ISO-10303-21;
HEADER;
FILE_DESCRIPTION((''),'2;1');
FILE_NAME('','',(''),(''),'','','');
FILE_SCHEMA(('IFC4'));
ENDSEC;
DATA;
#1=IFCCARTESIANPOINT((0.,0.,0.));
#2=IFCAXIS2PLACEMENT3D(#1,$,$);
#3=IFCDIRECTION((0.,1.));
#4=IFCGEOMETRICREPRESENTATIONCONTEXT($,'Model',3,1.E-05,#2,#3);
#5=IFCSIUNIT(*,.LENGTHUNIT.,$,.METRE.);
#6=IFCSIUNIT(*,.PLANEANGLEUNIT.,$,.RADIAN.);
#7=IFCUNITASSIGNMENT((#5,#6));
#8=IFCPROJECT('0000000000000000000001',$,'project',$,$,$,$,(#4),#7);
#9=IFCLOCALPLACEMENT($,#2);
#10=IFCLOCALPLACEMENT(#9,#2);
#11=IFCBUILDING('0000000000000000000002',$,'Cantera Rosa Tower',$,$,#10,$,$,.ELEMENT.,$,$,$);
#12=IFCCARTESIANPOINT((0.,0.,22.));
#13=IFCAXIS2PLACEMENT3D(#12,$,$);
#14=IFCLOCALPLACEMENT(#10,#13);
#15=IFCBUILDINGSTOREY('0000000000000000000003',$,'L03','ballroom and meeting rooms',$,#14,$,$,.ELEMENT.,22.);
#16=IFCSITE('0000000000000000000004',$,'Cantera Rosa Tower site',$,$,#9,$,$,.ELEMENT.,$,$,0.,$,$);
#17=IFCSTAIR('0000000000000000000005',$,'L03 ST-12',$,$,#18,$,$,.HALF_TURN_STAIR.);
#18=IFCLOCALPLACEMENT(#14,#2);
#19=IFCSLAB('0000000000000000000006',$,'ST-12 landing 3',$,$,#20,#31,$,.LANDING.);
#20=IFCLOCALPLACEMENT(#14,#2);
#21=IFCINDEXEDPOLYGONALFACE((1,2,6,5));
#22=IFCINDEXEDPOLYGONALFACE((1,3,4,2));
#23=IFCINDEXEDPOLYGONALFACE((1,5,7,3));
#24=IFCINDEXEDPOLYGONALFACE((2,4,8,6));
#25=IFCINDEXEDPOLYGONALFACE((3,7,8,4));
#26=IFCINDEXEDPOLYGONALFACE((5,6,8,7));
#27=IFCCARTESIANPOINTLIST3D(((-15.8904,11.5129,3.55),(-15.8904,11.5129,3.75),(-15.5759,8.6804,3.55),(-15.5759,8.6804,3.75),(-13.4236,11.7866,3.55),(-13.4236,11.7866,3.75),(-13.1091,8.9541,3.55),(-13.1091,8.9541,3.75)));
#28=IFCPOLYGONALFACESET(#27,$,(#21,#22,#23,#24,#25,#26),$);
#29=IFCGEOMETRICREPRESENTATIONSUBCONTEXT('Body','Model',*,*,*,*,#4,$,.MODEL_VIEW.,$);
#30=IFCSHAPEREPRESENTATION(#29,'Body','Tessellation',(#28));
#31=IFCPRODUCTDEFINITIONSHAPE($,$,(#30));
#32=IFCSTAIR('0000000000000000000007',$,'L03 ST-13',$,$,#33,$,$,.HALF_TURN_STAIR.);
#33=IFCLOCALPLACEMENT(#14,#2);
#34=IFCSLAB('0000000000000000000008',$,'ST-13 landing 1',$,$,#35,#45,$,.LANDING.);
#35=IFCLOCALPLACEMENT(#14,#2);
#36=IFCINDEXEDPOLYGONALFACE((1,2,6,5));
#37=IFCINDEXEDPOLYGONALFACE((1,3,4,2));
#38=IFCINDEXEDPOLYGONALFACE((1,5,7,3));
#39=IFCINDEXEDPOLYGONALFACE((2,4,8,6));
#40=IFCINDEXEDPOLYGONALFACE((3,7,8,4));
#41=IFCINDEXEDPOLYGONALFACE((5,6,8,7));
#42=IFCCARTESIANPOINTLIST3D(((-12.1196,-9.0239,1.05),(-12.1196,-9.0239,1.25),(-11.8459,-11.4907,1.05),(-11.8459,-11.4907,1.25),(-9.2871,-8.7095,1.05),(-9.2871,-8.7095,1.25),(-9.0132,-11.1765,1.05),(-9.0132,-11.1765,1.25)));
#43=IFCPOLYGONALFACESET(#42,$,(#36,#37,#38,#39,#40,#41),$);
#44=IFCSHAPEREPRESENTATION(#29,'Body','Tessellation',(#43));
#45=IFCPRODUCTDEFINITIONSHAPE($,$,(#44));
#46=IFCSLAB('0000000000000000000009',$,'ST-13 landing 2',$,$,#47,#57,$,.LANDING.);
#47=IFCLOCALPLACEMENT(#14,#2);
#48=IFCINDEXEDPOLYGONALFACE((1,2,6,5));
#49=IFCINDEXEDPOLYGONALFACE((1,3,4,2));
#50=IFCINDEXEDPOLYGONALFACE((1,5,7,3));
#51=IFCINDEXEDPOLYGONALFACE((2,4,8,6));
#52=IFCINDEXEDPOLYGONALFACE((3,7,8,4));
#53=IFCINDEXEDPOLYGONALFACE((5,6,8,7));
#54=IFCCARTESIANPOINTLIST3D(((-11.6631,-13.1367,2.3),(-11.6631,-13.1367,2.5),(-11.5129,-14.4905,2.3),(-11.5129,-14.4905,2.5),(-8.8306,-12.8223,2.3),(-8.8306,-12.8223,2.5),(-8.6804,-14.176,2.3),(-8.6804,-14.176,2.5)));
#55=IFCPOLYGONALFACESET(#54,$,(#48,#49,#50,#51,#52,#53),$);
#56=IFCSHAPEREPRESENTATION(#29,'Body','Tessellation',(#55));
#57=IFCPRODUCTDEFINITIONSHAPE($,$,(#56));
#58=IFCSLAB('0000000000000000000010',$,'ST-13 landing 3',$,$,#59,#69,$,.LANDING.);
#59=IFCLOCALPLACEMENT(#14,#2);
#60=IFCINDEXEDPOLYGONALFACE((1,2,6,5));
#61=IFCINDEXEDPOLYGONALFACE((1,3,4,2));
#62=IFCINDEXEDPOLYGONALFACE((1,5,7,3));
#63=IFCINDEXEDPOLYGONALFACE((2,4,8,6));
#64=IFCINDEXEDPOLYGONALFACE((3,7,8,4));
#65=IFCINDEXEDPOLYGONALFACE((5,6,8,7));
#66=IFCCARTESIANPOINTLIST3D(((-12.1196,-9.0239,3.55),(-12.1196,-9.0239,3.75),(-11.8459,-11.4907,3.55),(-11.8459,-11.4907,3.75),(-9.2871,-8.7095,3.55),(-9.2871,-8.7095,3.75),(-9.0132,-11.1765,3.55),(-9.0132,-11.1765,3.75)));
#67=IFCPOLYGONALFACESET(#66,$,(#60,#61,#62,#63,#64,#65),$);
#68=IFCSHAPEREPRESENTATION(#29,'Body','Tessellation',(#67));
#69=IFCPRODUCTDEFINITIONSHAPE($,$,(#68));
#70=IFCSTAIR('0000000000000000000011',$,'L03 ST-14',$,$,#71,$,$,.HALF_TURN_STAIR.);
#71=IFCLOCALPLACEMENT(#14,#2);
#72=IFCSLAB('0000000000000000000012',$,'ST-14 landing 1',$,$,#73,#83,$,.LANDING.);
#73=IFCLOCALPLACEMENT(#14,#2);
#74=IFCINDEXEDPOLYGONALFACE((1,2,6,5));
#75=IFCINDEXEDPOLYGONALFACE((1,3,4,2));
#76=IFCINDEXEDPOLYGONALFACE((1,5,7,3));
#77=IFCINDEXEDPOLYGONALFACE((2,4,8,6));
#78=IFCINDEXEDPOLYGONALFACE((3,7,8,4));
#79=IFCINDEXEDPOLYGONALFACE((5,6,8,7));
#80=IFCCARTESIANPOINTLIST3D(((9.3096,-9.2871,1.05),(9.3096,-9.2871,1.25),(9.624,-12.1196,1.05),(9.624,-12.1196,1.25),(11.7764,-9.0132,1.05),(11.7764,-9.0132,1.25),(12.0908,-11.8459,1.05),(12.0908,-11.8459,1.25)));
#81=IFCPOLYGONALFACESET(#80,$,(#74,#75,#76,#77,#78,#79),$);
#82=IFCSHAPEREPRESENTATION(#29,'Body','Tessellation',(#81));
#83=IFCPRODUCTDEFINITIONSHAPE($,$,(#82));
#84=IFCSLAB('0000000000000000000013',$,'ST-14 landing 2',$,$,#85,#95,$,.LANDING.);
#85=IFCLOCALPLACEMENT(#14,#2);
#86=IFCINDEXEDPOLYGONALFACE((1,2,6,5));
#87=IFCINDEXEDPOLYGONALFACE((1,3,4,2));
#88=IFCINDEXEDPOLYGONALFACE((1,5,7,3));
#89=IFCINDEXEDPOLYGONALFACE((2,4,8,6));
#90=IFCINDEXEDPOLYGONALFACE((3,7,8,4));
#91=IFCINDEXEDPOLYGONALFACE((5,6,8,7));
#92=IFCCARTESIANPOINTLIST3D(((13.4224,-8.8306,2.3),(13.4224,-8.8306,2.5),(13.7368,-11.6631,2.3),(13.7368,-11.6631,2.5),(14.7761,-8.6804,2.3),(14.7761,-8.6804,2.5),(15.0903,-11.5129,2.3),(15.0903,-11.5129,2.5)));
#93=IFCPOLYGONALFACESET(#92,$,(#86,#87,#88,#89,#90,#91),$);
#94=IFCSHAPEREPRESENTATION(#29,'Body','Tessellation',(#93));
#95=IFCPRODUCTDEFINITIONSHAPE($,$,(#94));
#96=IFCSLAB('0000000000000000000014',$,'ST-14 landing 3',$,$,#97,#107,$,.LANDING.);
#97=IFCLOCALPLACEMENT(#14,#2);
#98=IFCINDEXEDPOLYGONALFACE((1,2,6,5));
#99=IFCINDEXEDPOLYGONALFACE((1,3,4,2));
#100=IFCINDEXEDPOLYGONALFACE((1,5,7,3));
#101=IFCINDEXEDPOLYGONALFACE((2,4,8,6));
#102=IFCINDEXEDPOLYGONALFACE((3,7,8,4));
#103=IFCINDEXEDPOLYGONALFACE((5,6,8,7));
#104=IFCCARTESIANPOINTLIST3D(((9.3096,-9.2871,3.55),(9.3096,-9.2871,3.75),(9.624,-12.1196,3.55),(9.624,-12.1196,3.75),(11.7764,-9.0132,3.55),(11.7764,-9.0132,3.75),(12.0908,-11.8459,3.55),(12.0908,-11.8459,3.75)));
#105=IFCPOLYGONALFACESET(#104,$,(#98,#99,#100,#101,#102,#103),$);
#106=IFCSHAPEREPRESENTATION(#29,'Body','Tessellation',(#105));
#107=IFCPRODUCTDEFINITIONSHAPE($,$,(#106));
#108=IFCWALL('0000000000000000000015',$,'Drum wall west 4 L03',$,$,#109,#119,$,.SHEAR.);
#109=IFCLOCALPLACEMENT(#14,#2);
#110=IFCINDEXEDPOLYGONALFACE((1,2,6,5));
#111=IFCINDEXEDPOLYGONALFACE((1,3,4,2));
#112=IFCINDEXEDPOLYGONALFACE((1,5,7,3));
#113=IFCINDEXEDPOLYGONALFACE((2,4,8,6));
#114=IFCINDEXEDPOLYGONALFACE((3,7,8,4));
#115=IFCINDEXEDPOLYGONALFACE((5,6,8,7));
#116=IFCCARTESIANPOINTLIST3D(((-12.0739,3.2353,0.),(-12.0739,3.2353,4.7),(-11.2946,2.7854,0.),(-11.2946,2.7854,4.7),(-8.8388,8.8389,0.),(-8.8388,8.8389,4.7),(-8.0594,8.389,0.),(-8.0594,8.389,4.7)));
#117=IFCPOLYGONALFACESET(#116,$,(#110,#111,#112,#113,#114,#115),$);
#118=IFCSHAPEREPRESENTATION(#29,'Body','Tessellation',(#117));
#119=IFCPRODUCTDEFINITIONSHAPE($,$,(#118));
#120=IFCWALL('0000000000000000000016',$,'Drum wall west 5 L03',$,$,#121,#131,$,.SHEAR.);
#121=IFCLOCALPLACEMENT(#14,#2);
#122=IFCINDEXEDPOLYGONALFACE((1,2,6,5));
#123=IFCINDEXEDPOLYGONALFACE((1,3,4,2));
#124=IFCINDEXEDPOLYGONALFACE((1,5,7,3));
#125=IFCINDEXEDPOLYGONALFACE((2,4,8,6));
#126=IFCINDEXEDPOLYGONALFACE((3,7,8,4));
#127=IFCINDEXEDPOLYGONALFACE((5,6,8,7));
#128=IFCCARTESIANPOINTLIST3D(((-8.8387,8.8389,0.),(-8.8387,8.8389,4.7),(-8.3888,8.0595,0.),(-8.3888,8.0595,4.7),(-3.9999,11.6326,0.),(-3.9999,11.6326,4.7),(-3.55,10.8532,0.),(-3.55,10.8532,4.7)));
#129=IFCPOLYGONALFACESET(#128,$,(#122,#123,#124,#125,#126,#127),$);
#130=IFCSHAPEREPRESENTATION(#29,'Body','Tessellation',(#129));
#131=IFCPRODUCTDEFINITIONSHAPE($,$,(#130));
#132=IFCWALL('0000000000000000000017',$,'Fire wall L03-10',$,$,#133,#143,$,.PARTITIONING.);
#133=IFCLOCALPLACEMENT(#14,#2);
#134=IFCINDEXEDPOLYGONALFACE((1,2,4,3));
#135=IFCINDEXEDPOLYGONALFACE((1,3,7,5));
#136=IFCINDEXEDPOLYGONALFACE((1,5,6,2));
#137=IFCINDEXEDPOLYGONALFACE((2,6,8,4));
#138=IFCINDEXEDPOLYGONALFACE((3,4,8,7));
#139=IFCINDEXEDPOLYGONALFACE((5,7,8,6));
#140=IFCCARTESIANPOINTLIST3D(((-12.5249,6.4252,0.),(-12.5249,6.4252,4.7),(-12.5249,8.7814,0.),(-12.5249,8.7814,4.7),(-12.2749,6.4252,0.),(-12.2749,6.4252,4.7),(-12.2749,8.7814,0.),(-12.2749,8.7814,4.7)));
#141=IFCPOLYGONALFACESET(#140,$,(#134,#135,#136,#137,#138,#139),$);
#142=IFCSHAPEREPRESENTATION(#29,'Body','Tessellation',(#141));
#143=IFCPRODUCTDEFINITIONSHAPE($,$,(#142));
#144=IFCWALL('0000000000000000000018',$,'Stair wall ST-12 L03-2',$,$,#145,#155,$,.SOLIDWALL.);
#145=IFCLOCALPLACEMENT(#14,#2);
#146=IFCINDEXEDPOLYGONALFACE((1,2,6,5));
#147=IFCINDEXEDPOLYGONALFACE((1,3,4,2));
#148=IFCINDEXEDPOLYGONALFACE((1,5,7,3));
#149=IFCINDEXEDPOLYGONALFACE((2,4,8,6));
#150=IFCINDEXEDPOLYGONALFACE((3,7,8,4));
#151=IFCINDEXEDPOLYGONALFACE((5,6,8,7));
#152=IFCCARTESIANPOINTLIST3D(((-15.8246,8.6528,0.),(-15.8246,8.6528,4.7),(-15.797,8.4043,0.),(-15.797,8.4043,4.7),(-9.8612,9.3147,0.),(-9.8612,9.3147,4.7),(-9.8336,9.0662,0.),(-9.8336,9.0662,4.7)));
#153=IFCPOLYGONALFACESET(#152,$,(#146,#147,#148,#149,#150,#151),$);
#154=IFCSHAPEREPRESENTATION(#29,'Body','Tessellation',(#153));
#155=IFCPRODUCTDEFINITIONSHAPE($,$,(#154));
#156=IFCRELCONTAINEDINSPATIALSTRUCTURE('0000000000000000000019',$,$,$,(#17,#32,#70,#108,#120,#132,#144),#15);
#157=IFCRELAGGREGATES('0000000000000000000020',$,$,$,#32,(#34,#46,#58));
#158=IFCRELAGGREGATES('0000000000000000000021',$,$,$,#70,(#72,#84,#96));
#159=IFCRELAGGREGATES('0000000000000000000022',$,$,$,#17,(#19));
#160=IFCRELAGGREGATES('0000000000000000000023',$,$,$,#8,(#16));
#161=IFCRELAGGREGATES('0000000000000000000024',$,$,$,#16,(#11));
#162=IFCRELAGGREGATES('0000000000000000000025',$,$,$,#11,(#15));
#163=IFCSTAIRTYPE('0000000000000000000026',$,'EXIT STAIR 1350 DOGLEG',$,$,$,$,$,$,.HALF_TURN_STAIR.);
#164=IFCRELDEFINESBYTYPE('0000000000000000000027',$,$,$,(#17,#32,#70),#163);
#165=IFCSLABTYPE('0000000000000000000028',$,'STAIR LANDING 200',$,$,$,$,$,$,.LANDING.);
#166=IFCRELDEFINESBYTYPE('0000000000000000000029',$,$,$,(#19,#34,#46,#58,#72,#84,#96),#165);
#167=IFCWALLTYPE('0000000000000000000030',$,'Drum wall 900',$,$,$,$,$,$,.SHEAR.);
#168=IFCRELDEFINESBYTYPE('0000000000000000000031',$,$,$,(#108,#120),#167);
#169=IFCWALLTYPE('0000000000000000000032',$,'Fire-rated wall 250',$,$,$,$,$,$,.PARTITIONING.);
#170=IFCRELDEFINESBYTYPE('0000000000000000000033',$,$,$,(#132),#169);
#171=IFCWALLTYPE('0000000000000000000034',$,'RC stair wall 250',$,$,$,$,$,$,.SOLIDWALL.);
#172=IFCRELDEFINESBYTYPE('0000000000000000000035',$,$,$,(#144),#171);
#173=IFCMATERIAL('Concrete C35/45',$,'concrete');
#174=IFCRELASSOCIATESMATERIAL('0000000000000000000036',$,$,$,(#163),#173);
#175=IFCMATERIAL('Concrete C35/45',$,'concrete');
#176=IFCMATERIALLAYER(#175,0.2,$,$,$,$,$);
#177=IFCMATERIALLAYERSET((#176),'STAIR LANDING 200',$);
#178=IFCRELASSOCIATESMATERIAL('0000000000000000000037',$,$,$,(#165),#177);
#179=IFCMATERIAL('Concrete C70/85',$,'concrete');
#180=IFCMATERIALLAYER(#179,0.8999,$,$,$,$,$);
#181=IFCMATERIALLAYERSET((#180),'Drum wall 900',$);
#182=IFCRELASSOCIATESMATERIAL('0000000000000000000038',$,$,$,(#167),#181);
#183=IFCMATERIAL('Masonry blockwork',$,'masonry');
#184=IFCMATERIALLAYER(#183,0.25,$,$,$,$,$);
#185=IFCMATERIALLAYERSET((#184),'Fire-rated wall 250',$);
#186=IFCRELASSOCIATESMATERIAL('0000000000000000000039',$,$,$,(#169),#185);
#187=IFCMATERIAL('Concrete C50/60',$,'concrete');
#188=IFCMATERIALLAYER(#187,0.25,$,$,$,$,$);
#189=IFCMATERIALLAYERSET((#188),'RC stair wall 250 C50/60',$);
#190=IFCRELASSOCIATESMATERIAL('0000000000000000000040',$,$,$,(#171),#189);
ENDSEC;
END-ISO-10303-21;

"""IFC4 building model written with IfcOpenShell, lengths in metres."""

from ifc_helpers import new_model, si_unit, direction, frame, frame_2d, origin, place, context, subcontext, project, spatial, polyline, rectangle, outline, extrude, material, layer, layer_set, type_object, element, aggregate, save


model = new_model("IFC4")

# Units and contexts
model_context = context("Model", 3, precision=1e-05, world=origin(), true_north=direction((0.0, 1.0)))
body_context = subcontext(model_context, "Body", "Model", "MODEL_VIEW")
ifc_project = project(units=[si_unit("LENGTHUNIT", "METRE"), si_unit("PLANEANGLEUNIT", "RADIAN")], contexts=[model_context])

# Site, building, storey
site_placement = place(None, origin())
site = spatial("IfcSite", under=ifc_project, at=site_placement, Name="Cantera Rosa Tower site", CompositionType="ELEMENT", RefElevation=0.0)
building_placement = place(site_placement, origin())
building = spatial("IfcBuilding", under=site, at=building_placement, Name="Cantera Rosa Tower", CompositionType="ELEMENT")
storey_placement = place(building_placement, frame((0.0, 0.0, 22.0)))
storey = spatial("IfcBuildingStorey", under=building, at=storey_placement, Name="L03", Description="ballroom and meeting rooms", CompositionType="ELEMENT", Elevation=22.0)

# Stair, slab
ifc_material_1 = material(Name="Concrete C35/45", Category="concrete")
stair_type = type_object("IfcStairType", Name="EXIT STAIR 1350 DOGLEG", PredefinedType="HALF_TURN_STAIR", material=ifc_material_1)
stair_1_placement = place(storey_placement, origin())
stair_1 = element("IfcStair", 1, at=stair_1_placement, inside=storey, type_object=stair_type, Name="L03 ST-12", PredefinedType="HALF_TURN_STAIR")
ifc_material_2 = material(Name="Concrete C35/45", Category="concrete")
ifc_layer_1 = layer(ifc_material_2, 0.2)
ifc_layer_set_1 = layer_set([ifc_layer_1], Name="STAIR LANDING 200")
slab_type = type_object("IfcSlabType", Name="STAIR LANDING 200", PredefinedType="LANDING", material=ifc_layer_set_1)
slab_1_placement = place(storey_placement, frame((0.0, 0.0, 3.55)))
slab_1 = element("IfcSlab", 2, at=slab_1_placement, type_object=slab_type, Name="ST-12 landing 3", PredefinedType="LANDING", context=body_context, shape_type="SweptSolid", body=[
    extrude(outline(polyline([(-13.4236, 11.7866), (-15.8904, 11.5129), (-15.5759, 8.6804), (-13.1091, 8.9541), (-13.4236, 11.7866)])), origin(), (0.0, 0.0, 1.0), 0.2),
])

# Stairs, slabs
stair_2_placement = place(storey_placement, origin())
stair_2 = element("IfcStair", 3, at=stair_2_placement, inside=storey, type_object=stair_type, Name="L03 ST-13", PredefinedType="HALF_TURN_STAIR")
slab_2_placement = place(storey_placement, frame((0.0, 0.0, 1.05)))
slab_2 = element("IfcSlab", 4, at=slab_2_placement, type_object=slab_type, Name="ST-13 landing 1", PredefinedType="LANDING", context=body_context, shape_type="SweptSolid", body=[
    extrude(outline(polyline([(-9.0132, -11.1765), (-9.2871, -8.7095), (-12.1196, -9.0239), (-11.8459, -11.4907), (-9.0132, -11.1765)])), origin(), (0.0, 0.0, 1.0), 0.2),
])
slab_3_placement = place(storey_placement, frame((0.0, 0.0, 2.3)))
slab_3 = element("IfcSlab", 5, at=slab_3_placement, type_object=slab_type, Name="ST-13 landing 2", PredefinedType="LANDING", context=body_context, shape_type="SweptSolid", body=[
    extrude(outline(polyline([(-8.6804, -14.176), (-8.8306, -12.8223), (-11.6631, -13.1367), (-11.5129, -14.4905), (-8.6804, -14.176)])), origin(), (0.0, 0.0, 1.0), 0.2),
])
slab_4_placement = place(storey_placement, frame((0.0, 0.0, 3.55)))
slab_4 = element("IfcSlab", 6, at=slab_4_placement, type_object=slab_type, Name="ST-13 landing 3", PredefinedType="LANDING", context=body_context, shape_type="SweptSolid", body=[
    extrude(outline(polyline([(-9.0132, -11.1765), (-9.2871, -8.7095), (-12.1196, -9.0239), (-11.8459, -11.4907), (-9.0132, -11.1765)])), origin(), (0.0, 0.0, 1.0), 0.2),
])
aggregate(stair_2, [slab_2, slab_3, slab_4])
stair_3_placement = place(storey_placement, origin())
stair_3 = element("IfcStair", 7, at=stair_3_placement, inside=storey, type_object=stair_type, Name="L03 ST-14", PredefinedType="HALF_TURN_STAIR")
slab_5_placement = place(storey_placement, frame((0.0, 0.0, 1.05)))
slab_5 = element("IfcSlab", 8, at=slab_5_placement, type_object=slab_type, Name="ST-14 landing 1", PredefinedType="LANDING", context=body_context, shape_type="SweptSolid", body=[
    extrude(outline(polyline([(11.7764, -9.0132), (9.3096, -9.2871), (9.624, -12.1196), (12.0908, -11.8459), (11.7764, -9.0132)])), origin(), (0.0, 0.0, 1.0), 0.2),
])
slab_6_placement = place(storey_placement, frame((0.0, 0.0, 2.3)))
slab_6 = element("IfcSlab", 9, at=slab_6_placement, type_object=slab_type, Name="ST-14 landing 2", PredefinedType="LANDING", context=body_context, shape_type="SweptSolid", body=[
    extrude(outline(polyline([(14.7761, -8.6804), (13.4224, -8.8306), (13.7368, -11.6631), (15.0903, -11.5129), (14.7761, -8.6804)])), origin(), (0.0, 0.0, 1.0), 0.2),
])
slab_7_placement = place(storey_placement, frame((0.0, 0.0, 3.55)))
slab_7 = element("IfcSlab", 10, at=slab_7_placement, type_object=slab_type, Name="ST-14 landing 3", PredefinedType="LANDING", context=body_context, shape_type="SweptSolid", body=[
    extrude(outline(polyline([(11.7764, -9.0132), (9.3096, -9.2871), (9.624, -12.1196), (12.0908, -11.8459), (11.7764, -9.0132)])), origin(), (0.0, 0.0, 1.0), 0.2),
])
aggregate(stair_3, [slab_5, slab_6, slab_7])

# Walls
ifc_material_3 = material(Name="Concrete C70/85", Category="concrete")
ifc_layer_2 = layer(ifc_material_3, 0.8999)
ifc_layer_set_2 = layer_set([ifc_layer_2], Name="Drum wall 900")
wall_type_1 = type_object("IfcWallType", Name="Drum wall 900", PredefinedType="SHEAR", material=ifc_layer_set_2)
wall_1_placement = place(storey_placement, frame((-11.6843, 3.0103, 0.0), z_axis=(0.0, 0.0, 1.0), x_axis=(0.49999, 0.866031, 0.0)))
element("IfcWall", 11, at=wall_1_placement, inside=storey, type_object=wall_type_1, Name="Drum wall west 4 L03", PredefinedType="SHEAR", context=body_context, shape_type="SweptSolid", body=[
    extrude(rectangle(XDim=6.4705, YDim=0.8999, at=frame_2d((3.2354, 0.0))), origin(), (0.0, 0.0, 1.0), 4.7),
])
wall_2_placement = place(storey_placement, frame((-8.6138, 8.4492, 0.0), z_axis=(0.0, 0.0, 1.0), x_axis=(0.866027, 0.499997, 0.0)))
element("IfcWall", 12, at=wall_2_placement, inside=storey, type_object=wall_type_1, Name="Drum wall west 5 L03", PredefinedType="SHEAR", context=body_context, shape_type="SweptSolid", body=[
    extrude(rectangle(XDim=5.5874, YDim=0.8999, at=frame_2d((2.7937, 0.0))), origin(), (0.0, 0.0, 1.0), 4.7),
])
ifc_material_4 = material(Name="Masonry blockwork", Category="masonry")
ifc_layer_3 = layer(ifc_material_4, 0.25)
ifc_layer_set_3 = layer_set([ifc_layer_3], Name="Fire-rated wall 250")
wall_type_2 = type_object("IfcWallType", Name="Fire-rated wall 250", PredefinedType="PARTITIONING", material=ifc_layer_set_3)
wall_3_placement = place(storey_placement, frame((-12.3999, 6.425, 0.0), z_axis=(0.0, 0.0, 1.0), x_axis=(0.0, 1.0, 0.0)))
element("IfcWall", 13, at=wall_3_placement, inside=storey, type_object=wall_type_2, Name="Fire wall L03-10", PredefinedType="PARTITIONING", context=body_context, shape_type="SweptSolid", body=[
    extrude(rectangle(XDim=2.3562, YDim=0.25, at=frame_2d((1.1782, 0.0))), origin(), (0.0, 0.0, 1.0), 4.7),
])
ifc_material_5 = material(Name="Concrete C50/60", Category="concrete")
ifc_layer_4 = layer(ifc_material_5, 0.25)
ifc_layer_set_4 = layer_set([ifc_layer_4], Name="RC stair wall 250 C50/60")
wall_type_3 = type_object("IfcWallType", Name="RC stair wall 250", PredefinedType="SOLIDWALL", material=ifc_layer_set_4)
wall_4_placement = place(storey_placement, frame((-9.8474, 9.1904, 0.0), z_axis=(0.0, 0.0, 1.0), x_axis=(-0.993897, -0.110311, 0.0)))
element("IfcWall", 14, at=wall_4_placement, inside=storey, type_object=wall_type_3, Name="Stair wall ST-12 L03-2", PredefinedType="SOLIDWALL", context=body_context, shape_type="SweptSolid", body=[
    extrude(rectangle(XDim=6.0, YDim=0.25, at=frame_2d((3.0, 0.0))), origin(), (0.0, 0.0, 1.0), 4.7),
])

aggregate(stair_1, [slab_1])

save(model, "model.ifc")
